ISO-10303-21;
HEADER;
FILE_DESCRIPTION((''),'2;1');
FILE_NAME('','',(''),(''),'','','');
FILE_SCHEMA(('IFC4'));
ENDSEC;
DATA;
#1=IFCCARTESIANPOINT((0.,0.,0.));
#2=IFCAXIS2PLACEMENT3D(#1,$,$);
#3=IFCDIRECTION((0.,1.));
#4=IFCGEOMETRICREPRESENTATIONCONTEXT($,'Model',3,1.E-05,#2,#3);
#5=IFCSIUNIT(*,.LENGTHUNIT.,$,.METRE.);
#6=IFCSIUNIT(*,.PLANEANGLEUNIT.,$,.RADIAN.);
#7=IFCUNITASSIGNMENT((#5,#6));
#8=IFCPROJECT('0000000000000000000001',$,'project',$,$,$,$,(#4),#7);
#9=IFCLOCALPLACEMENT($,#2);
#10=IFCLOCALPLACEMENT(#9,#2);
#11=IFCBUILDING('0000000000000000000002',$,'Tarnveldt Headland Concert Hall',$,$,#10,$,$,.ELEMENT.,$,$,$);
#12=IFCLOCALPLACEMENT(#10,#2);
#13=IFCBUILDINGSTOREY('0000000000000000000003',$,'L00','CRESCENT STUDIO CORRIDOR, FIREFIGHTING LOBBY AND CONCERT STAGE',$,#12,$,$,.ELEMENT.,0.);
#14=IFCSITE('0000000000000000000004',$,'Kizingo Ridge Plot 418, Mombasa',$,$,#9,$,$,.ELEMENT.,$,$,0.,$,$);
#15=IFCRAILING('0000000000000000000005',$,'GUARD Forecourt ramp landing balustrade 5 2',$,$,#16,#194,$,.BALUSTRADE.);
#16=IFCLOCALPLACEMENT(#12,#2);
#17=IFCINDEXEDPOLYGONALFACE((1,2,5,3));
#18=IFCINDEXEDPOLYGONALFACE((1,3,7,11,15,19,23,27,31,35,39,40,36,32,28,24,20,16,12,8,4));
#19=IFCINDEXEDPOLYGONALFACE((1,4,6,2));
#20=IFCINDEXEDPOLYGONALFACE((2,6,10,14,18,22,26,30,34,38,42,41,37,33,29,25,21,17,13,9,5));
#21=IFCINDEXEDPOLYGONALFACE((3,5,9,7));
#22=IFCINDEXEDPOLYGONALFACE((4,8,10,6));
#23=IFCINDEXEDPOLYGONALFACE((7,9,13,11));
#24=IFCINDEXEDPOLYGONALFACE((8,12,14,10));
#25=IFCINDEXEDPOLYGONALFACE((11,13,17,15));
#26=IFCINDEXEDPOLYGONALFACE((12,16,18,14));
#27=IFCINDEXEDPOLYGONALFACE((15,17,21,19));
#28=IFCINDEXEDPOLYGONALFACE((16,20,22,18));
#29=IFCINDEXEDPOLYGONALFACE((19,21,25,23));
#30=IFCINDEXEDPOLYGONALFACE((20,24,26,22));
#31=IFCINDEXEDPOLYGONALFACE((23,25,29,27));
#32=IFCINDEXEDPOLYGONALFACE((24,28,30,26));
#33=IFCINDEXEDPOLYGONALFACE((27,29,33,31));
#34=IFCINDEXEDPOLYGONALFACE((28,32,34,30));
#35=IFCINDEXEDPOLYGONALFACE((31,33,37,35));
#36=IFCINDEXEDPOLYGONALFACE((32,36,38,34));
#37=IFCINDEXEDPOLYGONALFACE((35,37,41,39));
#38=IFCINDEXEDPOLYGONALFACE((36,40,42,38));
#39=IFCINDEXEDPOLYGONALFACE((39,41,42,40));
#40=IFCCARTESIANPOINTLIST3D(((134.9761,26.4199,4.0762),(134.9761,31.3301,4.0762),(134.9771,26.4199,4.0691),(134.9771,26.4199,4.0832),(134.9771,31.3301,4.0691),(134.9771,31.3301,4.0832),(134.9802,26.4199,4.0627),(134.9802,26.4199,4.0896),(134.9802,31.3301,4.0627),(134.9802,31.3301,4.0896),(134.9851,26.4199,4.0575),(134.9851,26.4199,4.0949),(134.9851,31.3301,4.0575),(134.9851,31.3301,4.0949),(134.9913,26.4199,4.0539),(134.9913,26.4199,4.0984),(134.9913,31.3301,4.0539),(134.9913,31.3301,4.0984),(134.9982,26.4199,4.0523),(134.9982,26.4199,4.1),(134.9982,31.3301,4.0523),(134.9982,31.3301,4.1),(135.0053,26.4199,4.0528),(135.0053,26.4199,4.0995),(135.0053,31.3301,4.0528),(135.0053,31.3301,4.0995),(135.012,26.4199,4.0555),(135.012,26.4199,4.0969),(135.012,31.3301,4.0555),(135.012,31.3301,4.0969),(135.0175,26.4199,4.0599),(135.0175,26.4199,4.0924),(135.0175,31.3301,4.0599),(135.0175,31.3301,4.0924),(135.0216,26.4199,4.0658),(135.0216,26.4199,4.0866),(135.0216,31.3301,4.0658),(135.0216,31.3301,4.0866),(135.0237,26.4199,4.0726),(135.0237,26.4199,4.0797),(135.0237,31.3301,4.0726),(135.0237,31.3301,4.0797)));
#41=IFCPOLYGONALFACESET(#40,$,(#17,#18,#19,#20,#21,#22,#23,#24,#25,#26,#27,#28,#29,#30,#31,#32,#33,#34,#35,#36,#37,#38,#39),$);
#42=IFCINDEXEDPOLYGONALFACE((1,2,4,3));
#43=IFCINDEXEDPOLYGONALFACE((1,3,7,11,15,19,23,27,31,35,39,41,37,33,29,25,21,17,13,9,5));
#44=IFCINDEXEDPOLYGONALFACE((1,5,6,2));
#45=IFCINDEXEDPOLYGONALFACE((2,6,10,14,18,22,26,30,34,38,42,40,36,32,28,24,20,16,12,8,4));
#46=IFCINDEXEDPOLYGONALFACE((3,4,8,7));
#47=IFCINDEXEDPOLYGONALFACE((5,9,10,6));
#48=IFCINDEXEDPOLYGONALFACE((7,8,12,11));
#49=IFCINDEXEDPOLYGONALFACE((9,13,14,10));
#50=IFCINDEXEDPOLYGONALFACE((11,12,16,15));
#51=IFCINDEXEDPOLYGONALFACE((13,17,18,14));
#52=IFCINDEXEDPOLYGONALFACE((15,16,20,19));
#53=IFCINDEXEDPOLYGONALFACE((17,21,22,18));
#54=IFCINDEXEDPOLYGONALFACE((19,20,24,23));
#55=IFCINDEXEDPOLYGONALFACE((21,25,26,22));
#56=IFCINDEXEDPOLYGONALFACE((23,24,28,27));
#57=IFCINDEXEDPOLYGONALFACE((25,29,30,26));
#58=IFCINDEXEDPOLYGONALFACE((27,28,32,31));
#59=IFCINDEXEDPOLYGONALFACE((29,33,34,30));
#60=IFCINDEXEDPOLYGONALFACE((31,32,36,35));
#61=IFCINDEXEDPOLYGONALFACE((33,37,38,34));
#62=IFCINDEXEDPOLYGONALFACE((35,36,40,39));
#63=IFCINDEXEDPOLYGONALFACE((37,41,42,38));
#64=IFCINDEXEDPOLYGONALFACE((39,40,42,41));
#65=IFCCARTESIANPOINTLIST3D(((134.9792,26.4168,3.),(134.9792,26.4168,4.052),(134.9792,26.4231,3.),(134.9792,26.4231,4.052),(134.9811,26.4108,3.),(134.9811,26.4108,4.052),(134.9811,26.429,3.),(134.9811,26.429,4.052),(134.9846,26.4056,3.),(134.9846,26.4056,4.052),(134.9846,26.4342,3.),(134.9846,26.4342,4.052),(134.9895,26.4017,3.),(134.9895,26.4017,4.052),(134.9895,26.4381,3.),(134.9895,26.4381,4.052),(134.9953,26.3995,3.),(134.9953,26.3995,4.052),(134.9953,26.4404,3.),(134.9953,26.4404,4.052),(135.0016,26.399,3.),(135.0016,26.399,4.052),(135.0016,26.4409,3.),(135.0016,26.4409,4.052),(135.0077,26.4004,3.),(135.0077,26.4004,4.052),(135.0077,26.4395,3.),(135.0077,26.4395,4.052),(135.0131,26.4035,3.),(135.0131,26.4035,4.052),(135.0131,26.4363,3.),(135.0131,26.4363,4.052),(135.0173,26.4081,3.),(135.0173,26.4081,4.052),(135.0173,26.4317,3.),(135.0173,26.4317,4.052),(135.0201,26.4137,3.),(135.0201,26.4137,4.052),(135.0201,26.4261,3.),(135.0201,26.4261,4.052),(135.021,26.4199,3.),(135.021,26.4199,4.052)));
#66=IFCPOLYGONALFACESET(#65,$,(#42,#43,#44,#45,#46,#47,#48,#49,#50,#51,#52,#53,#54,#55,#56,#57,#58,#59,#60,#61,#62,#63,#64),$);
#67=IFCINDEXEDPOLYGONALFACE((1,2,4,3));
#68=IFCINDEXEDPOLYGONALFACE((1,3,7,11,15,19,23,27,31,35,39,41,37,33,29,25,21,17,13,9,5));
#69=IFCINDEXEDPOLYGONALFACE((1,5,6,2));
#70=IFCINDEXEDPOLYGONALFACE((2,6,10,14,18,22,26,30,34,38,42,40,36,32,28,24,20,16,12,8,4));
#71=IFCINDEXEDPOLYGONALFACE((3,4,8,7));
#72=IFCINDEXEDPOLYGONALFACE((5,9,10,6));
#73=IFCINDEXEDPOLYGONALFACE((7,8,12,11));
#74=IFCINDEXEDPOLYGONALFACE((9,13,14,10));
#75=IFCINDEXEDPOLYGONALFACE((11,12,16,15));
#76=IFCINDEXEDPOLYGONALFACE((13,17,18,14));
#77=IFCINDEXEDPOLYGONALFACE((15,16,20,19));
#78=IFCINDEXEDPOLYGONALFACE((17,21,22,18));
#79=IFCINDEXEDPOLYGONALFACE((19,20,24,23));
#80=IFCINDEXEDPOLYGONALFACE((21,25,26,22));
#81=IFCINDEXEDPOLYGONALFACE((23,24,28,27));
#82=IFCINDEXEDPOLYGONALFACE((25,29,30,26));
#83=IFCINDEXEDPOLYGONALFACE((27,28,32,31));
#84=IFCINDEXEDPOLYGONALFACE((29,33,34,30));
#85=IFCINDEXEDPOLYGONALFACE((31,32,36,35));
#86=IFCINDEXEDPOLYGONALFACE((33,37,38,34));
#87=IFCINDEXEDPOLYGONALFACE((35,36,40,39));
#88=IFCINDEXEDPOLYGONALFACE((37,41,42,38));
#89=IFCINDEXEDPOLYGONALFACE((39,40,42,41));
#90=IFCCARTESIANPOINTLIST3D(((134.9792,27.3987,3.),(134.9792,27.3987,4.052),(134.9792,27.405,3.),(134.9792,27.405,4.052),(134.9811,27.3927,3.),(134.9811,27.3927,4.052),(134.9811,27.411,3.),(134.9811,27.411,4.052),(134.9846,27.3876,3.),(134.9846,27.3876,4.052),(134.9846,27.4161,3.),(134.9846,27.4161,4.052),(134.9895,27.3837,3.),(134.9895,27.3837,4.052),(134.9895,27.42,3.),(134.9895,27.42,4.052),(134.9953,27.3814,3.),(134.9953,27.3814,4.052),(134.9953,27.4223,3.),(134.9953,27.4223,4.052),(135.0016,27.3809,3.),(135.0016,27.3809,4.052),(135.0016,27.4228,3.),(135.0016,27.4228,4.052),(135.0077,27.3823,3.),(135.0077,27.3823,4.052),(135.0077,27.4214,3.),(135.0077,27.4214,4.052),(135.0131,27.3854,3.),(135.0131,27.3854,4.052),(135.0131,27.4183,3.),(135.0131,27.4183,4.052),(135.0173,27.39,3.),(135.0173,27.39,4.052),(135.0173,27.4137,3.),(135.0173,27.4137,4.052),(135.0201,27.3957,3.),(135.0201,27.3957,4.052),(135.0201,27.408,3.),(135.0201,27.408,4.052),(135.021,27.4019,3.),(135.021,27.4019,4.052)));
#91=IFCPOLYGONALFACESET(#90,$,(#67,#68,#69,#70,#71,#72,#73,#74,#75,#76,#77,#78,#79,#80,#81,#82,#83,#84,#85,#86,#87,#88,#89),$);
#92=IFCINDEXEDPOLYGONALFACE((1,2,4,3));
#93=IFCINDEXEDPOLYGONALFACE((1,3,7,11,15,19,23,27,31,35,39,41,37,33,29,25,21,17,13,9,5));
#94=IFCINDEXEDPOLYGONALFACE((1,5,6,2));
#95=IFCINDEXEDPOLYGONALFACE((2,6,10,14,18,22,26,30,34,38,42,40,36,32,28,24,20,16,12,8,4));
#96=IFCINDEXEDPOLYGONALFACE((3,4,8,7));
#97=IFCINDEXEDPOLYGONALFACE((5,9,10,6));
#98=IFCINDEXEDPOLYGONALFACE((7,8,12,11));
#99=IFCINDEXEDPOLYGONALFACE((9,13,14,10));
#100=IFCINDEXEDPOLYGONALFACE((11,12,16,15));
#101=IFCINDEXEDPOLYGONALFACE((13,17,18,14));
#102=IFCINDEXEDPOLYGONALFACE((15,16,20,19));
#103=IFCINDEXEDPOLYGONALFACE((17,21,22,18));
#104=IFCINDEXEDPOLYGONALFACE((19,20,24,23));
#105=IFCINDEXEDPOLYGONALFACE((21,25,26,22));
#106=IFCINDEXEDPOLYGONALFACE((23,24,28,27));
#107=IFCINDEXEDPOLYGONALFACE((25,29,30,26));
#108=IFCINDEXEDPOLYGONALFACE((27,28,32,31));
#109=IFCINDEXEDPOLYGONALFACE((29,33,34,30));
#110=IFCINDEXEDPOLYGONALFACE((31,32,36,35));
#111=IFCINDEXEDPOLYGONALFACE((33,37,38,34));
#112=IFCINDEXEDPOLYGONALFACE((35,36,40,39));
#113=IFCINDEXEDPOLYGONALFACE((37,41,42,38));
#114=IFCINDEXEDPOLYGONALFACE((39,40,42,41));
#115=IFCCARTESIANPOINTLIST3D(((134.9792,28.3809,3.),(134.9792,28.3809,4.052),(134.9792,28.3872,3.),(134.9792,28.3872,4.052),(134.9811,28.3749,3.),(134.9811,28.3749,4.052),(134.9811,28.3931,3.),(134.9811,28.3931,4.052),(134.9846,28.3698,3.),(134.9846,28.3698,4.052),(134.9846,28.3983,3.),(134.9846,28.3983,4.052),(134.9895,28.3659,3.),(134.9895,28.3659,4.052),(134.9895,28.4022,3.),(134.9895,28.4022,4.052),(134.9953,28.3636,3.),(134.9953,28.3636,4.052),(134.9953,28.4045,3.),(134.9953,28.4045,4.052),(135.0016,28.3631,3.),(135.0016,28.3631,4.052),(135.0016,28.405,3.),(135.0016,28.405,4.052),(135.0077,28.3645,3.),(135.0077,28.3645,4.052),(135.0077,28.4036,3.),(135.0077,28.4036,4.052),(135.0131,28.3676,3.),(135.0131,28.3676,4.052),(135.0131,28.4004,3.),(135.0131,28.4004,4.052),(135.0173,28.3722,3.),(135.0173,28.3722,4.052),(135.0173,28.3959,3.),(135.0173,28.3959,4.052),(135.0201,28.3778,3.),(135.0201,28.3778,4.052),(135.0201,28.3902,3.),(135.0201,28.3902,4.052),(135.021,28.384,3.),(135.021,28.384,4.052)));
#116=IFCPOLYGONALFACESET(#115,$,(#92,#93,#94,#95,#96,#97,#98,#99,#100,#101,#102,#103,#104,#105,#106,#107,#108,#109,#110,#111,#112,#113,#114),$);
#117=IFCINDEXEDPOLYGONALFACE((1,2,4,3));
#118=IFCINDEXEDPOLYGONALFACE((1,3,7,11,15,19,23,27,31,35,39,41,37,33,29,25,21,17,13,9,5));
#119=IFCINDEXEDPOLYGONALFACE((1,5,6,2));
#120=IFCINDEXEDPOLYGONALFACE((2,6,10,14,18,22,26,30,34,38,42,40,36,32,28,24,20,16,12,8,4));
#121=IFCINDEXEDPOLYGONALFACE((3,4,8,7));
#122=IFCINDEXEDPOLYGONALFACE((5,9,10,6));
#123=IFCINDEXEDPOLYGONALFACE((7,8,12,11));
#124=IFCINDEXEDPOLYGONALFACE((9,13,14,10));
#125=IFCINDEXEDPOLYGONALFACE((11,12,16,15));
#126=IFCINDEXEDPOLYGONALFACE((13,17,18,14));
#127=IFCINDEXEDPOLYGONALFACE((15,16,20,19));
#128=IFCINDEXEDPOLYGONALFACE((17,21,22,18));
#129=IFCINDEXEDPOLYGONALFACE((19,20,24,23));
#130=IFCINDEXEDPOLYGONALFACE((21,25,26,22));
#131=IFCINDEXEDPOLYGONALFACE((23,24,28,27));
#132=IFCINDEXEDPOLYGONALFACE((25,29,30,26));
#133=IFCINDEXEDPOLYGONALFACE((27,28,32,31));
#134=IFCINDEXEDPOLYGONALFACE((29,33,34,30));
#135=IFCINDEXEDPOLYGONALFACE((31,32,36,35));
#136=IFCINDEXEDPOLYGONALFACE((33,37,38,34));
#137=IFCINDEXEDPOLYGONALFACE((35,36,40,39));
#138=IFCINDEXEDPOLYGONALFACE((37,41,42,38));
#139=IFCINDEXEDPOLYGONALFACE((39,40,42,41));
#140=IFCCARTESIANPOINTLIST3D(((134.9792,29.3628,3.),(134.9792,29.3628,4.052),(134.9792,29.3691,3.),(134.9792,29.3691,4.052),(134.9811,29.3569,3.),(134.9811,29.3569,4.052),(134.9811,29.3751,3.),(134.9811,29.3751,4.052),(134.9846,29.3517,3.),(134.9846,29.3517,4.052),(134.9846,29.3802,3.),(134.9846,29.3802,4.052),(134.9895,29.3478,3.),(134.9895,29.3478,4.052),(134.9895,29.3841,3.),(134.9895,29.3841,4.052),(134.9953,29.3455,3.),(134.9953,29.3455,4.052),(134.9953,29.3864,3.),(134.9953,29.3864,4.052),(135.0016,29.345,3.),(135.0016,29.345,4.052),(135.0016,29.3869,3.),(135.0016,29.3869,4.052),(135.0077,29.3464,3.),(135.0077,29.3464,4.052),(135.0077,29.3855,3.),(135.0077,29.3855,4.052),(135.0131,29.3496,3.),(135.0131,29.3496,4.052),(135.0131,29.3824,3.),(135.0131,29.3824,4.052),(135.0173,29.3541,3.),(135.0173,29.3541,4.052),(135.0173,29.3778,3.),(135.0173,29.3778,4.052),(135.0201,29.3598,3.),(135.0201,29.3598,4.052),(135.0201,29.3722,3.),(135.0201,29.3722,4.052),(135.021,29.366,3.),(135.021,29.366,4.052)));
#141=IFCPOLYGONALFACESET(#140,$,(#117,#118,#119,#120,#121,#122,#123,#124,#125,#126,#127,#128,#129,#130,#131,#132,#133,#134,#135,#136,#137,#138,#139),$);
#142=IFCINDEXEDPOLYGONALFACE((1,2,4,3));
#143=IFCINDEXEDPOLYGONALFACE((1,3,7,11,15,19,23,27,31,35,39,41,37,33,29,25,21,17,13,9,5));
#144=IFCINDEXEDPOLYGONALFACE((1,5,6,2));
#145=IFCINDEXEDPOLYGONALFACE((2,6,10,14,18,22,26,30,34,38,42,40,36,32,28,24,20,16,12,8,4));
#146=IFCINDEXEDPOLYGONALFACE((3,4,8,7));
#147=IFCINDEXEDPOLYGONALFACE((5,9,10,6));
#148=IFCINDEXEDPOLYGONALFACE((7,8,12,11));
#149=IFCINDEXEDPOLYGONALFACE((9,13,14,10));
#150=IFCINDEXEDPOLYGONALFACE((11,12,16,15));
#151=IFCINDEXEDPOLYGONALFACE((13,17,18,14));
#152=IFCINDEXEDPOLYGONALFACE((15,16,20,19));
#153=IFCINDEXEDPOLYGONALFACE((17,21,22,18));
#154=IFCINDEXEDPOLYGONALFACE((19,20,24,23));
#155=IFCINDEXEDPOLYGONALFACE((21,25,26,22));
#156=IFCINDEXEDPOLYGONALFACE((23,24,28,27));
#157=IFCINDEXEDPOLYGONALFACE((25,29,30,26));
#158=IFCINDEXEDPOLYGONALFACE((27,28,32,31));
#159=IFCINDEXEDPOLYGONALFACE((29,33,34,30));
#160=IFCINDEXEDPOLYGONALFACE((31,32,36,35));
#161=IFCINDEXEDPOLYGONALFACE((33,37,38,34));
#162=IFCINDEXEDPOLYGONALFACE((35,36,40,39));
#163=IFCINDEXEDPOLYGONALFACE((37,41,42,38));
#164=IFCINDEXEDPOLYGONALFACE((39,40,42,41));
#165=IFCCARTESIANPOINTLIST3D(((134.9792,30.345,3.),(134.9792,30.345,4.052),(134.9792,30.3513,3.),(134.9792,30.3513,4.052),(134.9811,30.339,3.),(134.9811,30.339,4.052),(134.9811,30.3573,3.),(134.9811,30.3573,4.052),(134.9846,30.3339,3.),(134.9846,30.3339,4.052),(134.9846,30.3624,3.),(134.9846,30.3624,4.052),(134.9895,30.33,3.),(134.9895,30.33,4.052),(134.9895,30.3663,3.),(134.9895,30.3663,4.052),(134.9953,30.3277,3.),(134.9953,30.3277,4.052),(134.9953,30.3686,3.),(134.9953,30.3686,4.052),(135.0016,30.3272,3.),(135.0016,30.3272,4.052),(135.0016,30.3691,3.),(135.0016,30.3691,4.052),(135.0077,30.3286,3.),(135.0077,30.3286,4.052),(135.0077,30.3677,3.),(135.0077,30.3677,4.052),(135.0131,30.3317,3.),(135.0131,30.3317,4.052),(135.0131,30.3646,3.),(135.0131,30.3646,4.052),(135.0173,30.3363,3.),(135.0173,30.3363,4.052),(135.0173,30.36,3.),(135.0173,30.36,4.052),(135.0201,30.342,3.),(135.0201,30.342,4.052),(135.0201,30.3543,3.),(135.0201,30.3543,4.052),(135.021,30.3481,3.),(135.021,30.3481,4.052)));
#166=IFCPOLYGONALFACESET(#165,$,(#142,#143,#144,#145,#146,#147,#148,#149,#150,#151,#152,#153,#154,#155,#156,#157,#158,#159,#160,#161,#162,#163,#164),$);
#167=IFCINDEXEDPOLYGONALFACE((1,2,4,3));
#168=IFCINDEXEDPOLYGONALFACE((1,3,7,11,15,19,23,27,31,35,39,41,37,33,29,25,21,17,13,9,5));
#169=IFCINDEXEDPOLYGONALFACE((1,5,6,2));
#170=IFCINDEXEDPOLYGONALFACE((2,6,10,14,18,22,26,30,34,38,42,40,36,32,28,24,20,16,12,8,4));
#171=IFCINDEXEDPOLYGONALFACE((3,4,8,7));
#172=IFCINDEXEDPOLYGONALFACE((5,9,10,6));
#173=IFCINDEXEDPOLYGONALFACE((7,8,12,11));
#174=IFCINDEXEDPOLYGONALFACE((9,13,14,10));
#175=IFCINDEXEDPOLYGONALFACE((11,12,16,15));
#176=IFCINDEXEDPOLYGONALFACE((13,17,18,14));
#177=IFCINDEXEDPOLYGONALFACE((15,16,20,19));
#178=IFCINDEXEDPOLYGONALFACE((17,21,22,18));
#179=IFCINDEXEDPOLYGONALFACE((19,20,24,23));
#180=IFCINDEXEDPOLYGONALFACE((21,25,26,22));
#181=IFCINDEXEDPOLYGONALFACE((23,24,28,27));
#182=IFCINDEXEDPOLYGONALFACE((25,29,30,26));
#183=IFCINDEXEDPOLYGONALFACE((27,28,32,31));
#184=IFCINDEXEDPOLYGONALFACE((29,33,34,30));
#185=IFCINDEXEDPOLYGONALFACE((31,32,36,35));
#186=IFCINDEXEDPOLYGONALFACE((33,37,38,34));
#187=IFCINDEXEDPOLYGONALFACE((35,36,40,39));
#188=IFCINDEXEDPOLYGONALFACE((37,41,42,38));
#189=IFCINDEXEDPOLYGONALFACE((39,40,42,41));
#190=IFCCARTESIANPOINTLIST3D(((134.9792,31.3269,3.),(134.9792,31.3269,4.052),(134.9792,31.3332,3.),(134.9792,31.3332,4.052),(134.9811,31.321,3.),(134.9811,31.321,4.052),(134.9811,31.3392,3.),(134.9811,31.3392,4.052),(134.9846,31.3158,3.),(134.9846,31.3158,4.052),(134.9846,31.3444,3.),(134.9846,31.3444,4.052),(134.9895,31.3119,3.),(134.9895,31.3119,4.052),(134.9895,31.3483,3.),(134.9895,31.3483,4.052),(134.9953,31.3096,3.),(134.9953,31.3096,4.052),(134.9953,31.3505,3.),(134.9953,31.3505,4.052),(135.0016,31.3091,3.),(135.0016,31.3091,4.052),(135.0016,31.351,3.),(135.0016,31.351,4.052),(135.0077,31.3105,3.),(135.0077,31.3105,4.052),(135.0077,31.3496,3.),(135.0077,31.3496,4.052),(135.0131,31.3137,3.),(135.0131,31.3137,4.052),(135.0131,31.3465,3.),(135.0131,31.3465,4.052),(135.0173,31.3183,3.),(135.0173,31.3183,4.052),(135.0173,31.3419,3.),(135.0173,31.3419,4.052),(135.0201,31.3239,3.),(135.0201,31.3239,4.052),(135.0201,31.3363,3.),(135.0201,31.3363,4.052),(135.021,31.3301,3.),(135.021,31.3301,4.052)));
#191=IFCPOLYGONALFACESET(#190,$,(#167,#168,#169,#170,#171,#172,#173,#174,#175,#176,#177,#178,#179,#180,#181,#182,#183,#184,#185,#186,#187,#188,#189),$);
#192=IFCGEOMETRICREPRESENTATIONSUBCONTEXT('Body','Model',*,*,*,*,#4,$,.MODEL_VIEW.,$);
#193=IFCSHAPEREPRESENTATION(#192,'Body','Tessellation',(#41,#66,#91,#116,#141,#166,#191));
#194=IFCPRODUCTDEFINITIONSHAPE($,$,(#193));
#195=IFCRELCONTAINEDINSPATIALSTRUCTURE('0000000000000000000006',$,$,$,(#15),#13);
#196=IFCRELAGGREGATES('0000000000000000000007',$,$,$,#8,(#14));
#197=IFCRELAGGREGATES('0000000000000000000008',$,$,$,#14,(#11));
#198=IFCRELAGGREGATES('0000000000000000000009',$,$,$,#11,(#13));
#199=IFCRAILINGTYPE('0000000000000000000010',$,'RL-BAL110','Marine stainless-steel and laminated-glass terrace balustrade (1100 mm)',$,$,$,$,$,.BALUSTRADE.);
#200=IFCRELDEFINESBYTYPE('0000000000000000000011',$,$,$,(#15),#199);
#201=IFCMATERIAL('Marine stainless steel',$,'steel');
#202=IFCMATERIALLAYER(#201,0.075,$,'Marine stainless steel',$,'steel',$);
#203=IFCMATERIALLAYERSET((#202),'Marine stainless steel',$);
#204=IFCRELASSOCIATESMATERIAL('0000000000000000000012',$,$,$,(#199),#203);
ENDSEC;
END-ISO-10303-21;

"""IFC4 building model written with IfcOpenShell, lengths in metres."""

from ifc_helpers import new_model, si_unit, direction, frame, origin, origin_2d, place, context, subcontext, project, spatial, circle, extrude, material, layer, layer_set, type_object, element, save


model = new_model("IFC4")

# Units and contexts
model_context = context("Model", 3, precision=1e-05, world=origin(), true_north=direction((0.0, 1.0)))
body_context = subcontext(model_context, "Body", "Model", "MODEL_VIEW")
ifc_project = project(units=[si_unit("LENGTHUNIT", "METRE"), si_unit("PLANEANGLEUNIT", "RADIAN")], contexts=[model_context])

# Site, building, storey
site_placement = place(None, origin())
site = spatial("IfcSite", under=ifc_project, at=site_placement, Name="Kizingo Ridge Plot 418, Mombasa", CompositionType="ELEMENT", RefElevation=0.0)
building_placement = place(site_placement, origin())
building = spatial("IfcBuilding", under=site, at=building_placement, Name="Tarnveldt Headland Concert Hall", CompositionType="ELEMENT")
storey_placement = place(building_placement, origin())
storey = spatial("IfcBuildingStorey", under=building, at=storey_placement, Name="L00", Description="CRESCENT STUDIO CORRIDOR, FIREFIGHTING LOBBY AND CONCERT STAGE", CompositionType="ELEMENT", Elevation=0.0)

# Railing
ifc_material_1 = material(Name="Marine stainless steel", Category="steel")
ifc_layer_1 = layer(ifc_material_1, 0.075, Name="Marine stainless steel", Category="steel")
ifc_layer_set_1 = layer_set([ifc_layer_1], Name="Marine stainless steel")
railing_type = type_object("IfcRailingType", Name="RL-BAL110", Description="Marine stainless-steel and laminated-glass terrace balustrade (1100 mm)", PredefinedType="BALUSTRADE", material=ifc_layer_set_1)
railing_1_placement = place(storey_placement, frame((135.0, 26.4199, 3.0)))
element("IfcRailing", 1, at=railing_1_placement, inside=storey, type_object=railing_type, Name="GUARD Forecourt ramp landing balustrade 5 2", PredefinedType="BALUSTRADE", context=body_context, shape_type="SweptSolid", body=[
    extrude(circle(Radius=0.0239, at=origin_2d()), frame((0.0, 0.0, 1.0762), z_axis=(0.0, 1.0, 0.0), x_axis=(-1.0, 0.0, 0.0)), (0.0, 0.0, 1.0), 4.9102),
    extrude(circle(Radius=0.021, at=origin_2d()), origin(), (0.0, 0.0, 1.0), 1.052),
    extrude(circle(Radius=0.021, at=origin_2d()), frame((0.0, 0.9819, 0.0)), (0.0, 0.0, 1.0), 1.052),
    extrude(circle(Radius=0.021, at=origin_2d()), frame((0.0, 1.9641, 0.0)), (0.0, 0.0, 1.0), 1.052),
    extrude(circle(Radius=0.021, at=origin_2d()), frame((0.0, 2.946, 0.0)), (0.0, 0.0, 1.0), 1.052),
    extrude(circle(Radius=0.021, at=origin_2d()), frame((0.0, 3.9282, 0.0)), (0.0, 0.0, 1.0), 1.052),
    extrude(circle(Radius=0.021, at=origin_2d()), frame((0.0, 4.9102, 0.0)), (0.0, 0.0, 1.0), 1.052),
])

save(model, "model.ifc")
